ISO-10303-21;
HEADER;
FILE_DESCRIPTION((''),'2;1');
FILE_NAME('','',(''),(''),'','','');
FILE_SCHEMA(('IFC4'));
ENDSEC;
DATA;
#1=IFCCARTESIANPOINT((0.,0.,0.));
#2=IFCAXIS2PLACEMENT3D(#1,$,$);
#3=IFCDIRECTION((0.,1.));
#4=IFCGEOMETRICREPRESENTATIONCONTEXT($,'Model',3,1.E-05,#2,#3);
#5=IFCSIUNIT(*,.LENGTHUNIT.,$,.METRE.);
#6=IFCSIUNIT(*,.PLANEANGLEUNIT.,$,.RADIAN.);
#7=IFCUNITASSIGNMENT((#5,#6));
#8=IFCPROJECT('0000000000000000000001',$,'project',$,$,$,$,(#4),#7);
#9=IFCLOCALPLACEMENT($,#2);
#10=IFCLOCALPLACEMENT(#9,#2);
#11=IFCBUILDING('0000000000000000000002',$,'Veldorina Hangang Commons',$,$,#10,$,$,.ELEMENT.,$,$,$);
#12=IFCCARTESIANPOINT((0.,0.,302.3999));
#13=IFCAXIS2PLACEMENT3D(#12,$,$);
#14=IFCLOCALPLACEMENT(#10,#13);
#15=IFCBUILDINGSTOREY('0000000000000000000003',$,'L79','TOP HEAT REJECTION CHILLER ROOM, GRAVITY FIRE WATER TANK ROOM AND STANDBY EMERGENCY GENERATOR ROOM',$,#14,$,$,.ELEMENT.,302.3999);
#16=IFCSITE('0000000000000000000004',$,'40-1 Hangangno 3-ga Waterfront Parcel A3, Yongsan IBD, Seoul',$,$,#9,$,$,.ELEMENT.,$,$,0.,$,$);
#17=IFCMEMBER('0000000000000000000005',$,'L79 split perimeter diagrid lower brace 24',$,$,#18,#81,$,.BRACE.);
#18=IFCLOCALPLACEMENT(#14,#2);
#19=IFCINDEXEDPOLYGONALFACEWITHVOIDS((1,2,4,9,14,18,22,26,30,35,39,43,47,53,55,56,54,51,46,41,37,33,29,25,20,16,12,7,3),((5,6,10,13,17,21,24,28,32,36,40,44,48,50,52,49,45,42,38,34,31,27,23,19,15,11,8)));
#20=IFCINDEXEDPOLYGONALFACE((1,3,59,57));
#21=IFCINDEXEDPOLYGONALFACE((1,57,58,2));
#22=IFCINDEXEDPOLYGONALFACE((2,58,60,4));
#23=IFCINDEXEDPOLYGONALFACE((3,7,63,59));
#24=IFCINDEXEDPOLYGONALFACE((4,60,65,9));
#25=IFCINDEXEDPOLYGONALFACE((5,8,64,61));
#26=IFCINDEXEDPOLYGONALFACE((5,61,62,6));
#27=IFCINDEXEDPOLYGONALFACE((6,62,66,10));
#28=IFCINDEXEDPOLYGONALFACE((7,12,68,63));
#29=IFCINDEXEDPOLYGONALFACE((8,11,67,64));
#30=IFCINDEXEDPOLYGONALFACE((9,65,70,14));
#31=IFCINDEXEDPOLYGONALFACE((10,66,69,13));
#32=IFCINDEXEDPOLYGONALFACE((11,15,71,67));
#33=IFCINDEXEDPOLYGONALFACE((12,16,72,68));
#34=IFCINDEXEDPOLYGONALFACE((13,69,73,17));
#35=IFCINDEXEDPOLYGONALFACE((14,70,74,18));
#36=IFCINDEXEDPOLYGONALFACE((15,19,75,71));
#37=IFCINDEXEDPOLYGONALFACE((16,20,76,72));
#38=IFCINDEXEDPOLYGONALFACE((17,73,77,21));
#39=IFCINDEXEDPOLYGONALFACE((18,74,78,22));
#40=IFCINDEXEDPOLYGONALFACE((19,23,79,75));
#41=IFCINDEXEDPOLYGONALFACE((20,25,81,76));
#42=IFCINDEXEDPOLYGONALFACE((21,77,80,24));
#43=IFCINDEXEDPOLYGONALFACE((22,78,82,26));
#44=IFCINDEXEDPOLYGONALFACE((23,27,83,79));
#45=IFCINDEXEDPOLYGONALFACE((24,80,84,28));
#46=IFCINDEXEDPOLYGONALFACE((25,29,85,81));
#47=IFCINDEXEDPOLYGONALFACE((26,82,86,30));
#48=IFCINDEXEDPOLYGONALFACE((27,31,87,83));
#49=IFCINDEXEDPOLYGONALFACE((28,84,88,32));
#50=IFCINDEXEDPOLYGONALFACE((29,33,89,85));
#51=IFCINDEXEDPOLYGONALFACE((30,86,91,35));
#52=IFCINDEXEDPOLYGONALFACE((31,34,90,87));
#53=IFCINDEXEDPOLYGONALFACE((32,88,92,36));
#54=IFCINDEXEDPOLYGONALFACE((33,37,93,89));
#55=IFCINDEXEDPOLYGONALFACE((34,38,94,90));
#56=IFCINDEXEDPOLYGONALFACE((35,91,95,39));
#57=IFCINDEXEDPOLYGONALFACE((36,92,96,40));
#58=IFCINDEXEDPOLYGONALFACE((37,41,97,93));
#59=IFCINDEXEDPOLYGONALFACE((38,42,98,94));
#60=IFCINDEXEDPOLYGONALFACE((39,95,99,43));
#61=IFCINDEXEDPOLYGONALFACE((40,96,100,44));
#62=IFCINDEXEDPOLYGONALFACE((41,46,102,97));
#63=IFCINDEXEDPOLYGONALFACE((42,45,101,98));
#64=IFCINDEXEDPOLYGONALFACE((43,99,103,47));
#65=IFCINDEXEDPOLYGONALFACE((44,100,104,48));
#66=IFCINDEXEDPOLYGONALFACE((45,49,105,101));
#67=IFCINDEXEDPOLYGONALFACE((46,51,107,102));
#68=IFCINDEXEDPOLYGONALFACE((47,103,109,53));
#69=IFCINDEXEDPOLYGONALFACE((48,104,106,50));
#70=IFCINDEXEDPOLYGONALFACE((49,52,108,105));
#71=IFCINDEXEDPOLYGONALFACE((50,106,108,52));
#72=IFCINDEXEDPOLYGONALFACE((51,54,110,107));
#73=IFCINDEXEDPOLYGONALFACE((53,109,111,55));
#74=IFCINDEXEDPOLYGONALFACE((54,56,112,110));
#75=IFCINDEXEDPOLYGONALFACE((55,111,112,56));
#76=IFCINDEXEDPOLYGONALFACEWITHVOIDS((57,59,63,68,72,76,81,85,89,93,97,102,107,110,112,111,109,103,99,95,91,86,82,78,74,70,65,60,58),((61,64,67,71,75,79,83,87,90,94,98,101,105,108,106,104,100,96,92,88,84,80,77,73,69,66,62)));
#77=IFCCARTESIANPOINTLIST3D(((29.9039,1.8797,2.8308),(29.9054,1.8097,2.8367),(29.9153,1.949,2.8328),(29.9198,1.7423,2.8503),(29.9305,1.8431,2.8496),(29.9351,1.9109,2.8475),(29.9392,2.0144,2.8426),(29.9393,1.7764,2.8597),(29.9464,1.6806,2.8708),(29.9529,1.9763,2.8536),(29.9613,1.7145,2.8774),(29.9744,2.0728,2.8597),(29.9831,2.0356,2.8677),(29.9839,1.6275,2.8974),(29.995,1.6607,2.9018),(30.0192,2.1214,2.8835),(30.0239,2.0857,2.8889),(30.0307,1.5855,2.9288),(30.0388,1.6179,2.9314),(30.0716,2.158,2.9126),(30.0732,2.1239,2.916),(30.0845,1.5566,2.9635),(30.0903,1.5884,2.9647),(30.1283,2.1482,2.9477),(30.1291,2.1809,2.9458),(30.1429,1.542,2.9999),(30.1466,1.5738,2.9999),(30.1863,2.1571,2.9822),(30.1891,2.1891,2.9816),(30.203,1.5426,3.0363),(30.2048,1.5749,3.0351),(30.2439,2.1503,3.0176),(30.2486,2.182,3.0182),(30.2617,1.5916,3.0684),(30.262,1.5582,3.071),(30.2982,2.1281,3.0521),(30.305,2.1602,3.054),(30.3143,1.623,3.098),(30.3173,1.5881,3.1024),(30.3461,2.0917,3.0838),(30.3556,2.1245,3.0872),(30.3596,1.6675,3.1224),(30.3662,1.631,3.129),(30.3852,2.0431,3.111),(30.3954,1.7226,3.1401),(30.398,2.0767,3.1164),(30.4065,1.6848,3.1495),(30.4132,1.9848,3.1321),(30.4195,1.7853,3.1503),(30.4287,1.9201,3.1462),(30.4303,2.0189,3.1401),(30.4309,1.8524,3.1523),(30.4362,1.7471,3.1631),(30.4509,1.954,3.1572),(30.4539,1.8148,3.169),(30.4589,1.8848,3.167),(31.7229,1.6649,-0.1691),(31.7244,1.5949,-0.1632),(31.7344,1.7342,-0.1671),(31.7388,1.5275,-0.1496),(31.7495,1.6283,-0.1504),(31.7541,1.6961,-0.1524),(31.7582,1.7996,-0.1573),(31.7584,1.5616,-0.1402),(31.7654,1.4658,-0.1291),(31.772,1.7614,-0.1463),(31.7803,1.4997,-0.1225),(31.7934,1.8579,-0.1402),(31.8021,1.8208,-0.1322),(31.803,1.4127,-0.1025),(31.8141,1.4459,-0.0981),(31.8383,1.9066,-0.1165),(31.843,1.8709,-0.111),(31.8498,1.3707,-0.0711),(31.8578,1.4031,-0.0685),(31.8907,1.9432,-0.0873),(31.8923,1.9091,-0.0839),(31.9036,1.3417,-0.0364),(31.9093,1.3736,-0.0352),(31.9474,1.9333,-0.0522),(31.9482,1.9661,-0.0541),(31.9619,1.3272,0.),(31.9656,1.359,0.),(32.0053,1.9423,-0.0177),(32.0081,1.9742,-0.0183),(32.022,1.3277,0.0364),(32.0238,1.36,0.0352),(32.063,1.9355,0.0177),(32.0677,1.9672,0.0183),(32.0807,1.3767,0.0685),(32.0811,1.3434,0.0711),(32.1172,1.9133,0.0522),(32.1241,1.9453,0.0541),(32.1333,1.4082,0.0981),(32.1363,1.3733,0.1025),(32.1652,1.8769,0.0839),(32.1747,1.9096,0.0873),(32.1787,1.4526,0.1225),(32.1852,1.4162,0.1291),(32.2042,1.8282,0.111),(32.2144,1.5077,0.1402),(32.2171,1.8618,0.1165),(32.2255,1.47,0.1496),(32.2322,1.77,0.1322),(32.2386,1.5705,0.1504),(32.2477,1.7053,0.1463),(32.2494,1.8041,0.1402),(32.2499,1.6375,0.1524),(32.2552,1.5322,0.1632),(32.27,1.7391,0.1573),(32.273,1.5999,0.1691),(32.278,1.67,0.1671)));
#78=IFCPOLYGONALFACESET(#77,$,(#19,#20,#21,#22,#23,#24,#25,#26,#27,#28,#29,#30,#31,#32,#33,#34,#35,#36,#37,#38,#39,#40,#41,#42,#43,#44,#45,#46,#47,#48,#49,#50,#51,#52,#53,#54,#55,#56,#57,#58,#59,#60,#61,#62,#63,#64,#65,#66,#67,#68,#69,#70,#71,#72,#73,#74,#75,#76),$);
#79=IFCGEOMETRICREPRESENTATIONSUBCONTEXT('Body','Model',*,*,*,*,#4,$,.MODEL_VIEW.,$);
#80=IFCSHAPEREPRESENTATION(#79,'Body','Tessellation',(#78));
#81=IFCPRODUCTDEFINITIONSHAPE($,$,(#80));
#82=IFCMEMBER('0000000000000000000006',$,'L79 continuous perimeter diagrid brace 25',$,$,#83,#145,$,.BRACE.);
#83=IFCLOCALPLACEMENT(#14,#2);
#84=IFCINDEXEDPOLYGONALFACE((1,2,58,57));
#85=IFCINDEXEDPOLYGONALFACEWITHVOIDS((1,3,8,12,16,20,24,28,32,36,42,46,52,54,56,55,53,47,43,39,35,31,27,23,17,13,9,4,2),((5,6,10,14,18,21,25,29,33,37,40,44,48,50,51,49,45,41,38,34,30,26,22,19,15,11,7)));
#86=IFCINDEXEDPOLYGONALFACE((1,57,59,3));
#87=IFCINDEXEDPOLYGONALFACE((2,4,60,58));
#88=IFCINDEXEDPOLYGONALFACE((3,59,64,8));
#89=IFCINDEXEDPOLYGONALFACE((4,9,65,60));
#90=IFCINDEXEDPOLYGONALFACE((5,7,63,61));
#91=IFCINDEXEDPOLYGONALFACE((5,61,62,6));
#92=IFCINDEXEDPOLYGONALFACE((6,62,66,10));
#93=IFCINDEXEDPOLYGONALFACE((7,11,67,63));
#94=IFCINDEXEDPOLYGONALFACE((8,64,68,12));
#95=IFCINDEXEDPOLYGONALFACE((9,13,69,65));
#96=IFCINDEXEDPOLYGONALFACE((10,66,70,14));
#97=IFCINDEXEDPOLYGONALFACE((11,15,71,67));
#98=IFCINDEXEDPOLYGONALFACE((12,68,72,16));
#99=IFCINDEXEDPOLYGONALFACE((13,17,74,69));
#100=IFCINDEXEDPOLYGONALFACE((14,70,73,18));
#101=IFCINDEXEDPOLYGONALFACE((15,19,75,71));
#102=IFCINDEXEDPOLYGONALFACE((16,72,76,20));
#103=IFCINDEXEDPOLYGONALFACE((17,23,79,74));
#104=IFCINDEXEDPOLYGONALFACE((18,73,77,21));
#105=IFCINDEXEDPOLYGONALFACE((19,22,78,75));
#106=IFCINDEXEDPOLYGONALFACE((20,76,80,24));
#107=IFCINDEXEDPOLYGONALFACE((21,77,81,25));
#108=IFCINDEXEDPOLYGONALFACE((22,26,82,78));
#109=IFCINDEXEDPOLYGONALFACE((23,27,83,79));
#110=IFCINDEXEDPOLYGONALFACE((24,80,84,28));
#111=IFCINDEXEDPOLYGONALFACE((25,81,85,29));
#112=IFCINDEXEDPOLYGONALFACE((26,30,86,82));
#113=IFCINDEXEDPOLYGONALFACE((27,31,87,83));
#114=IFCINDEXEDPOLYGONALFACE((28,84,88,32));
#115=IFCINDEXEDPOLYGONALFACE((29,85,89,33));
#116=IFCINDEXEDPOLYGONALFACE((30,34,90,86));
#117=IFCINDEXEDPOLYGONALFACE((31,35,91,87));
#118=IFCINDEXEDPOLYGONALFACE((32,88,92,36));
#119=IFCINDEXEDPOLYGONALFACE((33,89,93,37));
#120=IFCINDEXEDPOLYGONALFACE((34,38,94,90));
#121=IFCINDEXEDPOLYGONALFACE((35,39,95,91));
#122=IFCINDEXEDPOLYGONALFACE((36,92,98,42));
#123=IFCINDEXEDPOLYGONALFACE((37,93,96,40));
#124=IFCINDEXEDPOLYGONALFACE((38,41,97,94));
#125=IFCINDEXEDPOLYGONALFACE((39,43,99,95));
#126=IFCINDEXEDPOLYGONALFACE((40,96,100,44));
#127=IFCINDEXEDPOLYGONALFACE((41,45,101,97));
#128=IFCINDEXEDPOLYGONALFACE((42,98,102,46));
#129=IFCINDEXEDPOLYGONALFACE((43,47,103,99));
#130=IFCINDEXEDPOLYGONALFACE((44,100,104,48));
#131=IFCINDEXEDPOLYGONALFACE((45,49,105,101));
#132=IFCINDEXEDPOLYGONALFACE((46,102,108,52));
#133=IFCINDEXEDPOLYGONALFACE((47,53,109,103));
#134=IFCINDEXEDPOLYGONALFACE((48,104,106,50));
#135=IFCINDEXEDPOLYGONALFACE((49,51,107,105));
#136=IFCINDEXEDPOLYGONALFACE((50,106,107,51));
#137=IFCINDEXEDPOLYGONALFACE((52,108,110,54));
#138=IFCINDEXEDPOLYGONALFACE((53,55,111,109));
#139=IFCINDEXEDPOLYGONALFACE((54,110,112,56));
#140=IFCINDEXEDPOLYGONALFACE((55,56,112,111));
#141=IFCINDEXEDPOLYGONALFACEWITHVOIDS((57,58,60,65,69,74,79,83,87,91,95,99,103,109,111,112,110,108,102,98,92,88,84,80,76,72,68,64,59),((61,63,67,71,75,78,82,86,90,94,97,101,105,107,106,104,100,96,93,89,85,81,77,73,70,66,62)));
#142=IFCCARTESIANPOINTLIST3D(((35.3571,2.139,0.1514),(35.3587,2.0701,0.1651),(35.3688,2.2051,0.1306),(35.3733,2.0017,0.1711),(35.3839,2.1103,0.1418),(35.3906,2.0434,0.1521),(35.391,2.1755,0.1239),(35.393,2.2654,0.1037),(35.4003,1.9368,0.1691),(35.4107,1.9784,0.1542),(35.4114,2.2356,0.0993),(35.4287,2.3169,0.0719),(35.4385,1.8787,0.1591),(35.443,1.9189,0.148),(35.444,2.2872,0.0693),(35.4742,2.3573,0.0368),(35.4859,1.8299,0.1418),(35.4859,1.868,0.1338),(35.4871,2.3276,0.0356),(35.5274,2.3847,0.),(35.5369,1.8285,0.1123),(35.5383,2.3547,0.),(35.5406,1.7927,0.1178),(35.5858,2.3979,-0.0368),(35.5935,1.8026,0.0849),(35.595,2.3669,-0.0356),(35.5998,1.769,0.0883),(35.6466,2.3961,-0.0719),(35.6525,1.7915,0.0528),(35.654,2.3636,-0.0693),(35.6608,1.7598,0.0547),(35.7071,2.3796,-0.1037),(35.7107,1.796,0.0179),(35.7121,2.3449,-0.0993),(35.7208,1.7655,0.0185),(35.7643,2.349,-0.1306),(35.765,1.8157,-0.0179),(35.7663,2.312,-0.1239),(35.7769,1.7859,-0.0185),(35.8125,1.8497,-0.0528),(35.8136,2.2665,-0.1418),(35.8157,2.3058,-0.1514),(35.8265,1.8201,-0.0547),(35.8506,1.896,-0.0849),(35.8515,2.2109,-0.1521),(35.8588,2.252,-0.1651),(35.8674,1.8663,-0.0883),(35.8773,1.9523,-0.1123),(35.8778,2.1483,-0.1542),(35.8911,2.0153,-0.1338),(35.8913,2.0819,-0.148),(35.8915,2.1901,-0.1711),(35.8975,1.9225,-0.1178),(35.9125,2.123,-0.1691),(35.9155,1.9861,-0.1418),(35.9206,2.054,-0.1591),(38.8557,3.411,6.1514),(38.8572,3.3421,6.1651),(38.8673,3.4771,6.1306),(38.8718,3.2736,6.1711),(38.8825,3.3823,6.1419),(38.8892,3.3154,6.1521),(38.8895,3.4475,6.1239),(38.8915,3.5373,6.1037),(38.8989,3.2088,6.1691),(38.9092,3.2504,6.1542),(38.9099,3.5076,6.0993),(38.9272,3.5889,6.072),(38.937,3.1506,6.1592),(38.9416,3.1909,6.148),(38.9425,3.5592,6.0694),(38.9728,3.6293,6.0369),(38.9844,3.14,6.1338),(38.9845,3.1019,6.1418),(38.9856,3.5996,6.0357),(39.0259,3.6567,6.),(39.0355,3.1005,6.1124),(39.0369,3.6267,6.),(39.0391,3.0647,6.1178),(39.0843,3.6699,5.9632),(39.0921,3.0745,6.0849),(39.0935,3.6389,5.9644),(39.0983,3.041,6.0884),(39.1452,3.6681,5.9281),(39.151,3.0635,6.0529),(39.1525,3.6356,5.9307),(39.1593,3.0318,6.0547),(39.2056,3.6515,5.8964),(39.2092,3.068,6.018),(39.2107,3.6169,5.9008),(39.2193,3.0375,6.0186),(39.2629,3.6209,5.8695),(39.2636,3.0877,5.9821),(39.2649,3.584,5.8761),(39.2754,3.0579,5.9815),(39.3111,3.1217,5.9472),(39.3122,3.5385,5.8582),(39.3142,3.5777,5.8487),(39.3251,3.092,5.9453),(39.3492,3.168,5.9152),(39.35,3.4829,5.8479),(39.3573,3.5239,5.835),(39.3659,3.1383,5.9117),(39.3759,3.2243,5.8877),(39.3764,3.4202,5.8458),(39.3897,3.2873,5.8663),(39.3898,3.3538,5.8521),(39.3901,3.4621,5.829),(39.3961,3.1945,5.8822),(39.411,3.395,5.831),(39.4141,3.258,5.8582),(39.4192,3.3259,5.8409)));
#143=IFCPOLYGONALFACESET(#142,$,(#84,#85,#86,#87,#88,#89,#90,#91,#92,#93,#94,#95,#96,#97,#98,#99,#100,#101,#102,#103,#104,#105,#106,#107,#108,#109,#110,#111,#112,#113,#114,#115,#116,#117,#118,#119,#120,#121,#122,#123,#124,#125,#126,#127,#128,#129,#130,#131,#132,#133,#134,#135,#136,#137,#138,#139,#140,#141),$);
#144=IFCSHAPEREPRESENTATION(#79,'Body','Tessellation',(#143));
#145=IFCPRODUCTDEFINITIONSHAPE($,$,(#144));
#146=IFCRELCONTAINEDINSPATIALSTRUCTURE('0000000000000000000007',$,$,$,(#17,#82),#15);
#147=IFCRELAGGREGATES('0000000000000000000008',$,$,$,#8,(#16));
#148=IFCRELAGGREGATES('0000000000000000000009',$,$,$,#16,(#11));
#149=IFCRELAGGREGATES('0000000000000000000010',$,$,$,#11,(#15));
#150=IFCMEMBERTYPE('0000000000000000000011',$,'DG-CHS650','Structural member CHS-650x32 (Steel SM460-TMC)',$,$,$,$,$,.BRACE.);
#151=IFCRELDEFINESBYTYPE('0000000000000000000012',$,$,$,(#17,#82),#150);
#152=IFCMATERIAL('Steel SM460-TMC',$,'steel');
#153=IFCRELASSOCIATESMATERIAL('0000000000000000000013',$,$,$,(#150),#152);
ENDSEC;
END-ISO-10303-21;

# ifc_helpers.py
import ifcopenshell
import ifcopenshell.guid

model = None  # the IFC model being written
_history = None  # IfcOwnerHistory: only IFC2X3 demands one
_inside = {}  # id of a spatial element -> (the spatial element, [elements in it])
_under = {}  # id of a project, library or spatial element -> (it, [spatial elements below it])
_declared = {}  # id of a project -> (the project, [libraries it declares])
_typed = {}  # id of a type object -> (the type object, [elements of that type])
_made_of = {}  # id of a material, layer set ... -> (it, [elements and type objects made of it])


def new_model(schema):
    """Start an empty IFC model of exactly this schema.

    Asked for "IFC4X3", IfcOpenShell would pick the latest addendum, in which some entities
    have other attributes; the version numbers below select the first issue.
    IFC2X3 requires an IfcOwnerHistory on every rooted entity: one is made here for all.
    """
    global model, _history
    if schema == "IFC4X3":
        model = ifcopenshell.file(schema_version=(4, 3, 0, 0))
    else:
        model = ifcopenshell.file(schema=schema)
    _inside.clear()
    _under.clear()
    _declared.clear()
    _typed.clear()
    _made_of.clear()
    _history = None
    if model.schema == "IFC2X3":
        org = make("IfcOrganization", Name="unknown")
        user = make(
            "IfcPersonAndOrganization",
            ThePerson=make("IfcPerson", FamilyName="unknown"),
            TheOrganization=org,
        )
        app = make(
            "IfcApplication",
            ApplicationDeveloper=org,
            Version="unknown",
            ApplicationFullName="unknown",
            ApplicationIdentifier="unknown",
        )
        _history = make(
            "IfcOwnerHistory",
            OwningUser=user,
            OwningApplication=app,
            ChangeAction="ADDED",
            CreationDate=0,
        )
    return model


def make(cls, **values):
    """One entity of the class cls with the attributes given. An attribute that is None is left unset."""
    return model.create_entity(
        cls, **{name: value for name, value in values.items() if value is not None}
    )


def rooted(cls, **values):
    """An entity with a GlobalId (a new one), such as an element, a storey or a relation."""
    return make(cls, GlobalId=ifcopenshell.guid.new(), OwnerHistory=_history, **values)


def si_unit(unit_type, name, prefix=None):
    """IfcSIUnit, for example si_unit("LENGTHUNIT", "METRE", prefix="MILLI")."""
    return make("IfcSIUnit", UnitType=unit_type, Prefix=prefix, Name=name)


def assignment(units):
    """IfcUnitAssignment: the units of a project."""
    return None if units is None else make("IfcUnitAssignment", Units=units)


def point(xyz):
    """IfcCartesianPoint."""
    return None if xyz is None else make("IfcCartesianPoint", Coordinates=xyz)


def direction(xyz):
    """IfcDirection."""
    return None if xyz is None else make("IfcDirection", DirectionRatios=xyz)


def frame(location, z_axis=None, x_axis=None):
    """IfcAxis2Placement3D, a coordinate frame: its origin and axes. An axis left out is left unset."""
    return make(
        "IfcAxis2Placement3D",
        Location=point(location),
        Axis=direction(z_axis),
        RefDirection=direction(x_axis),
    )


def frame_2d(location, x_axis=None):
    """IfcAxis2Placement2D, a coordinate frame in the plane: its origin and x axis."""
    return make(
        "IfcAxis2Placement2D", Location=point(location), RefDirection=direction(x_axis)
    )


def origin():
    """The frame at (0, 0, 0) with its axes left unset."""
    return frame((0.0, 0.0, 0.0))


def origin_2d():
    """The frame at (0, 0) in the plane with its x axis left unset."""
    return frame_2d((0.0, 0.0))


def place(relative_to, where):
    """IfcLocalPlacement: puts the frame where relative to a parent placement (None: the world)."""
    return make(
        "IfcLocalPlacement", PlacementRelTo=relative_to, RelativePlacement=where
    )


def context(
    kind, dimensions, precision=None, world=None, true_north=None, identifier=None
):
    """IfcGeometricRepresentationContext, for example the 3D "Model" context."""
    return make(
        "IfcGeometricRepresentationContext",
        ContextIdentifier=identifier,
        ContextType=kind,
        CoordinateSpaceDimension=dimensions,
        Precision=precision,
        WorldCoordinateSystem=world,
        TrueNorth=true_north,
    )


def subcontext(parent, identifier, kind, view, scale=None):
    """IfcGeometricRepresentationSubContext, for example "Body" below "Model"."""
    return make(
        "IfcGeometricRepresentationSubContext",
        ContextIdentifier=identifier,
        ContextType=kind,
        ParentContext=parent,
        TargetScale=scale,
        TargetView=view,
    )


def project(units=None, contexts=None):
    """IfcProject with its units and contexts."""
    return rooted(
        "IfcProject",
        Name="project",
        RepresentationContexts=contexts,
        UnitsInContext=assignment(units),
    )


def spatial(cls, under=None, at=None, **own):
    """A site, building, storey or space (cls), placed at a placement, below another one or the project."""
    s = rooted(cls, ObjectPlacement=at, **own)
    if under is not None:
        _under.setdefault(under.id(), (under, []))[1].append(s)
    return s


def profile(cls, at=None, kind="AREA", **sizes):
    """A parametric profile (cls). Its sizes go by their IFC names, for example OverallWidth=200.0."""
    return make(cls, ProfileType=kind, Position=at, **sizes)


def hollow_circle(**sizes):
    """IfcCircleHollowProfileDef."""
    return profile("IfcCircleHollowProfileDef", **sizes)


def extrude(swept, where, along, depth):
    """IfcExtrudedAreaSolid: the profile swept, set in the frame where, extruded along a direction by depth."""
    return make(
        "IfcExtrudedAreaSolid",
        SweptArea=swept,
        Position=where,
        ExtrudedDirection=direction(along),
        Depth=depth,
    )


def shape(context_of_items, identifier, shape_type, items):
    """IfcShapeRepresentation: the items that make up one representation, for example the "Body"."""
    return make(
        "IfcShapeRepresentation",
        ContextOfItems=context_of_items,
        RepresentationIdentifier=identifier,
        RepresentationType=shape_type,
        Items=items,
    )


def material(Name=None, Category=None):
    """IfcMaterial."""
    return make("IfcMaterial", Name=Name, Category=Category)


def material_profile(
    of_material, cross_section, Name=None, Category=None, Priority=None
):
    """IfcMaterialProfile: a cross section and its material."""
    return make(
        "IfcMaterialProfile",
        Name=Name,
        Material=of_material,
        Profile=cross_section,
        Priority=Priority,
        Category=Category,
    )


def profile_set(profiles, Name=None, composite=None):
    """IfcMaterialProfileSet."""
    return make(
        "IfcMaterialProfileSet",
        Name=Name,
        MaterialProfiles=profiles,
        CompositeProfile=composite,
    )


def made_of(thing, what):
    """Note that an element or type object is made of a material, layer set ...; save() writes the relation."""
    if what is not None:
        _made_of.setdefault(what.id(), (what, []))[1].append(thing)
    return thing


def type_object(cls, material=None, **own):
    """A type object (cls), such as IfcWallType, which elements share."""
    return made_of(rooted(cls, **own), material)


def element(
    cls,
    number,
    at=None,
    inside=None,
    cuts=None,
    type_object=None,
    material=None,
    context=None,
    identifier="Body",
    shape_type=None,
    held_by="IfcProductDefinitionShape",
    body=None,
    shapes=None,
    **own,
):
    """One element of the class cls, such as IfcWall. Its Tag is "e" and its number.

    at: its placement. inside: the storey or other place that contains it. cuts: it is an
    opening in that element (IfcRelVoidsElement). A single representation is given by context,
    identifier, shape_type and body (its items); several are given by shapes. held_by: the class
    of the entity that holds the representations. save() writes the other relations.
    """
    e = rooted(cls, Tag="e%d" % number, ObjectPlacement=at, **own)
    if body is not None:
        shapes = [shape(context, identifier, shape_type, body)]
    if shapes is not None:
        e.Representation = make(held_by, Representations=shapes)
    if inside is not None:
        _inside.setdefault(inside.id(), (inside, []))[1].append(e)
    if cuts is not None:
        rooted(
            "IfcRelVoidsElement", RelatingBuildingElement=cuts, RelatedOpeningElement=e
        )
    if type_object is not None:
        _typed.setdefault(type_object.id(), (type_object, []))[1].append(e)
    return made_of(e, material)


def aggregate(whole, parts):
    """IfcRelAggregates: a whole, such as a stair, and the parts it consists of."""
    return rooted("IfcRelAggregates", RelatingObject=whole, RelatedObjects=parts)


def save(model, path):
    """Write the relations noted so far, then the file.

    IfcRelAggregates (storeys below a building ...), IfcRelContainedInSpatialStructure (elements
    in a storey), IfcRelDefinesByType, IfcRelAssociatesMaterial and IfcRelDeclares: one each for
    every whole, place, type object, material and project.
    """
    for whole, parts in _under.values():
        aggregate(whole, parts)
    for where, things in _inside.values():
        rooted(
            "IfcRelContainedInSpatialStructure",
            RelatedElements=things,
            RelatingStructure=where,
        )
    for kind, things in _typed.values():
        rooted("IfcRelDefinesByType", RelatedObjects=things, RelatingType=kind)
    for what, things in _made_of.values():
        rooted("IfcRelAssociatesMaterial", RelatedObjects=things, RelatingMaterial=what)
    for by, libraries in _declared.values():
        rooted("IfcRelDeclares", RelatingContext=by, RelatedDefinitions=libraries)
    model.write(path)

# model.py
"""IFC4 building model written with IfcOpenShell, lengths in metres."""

from ifc_helpers import new_model, si_unit, direction, frame, origin, origin_2d, place, context, subcontext, project, spatial, hollow_circle, extrude, material, material_profile, profile_set, type_object, element, save


model = new_model("IFC4")

# Units and contexts
model_context = context("Model", 3, precision=1e-05, world=origin(), true_north=direction((0.0, 1.0)))
body_context = subcontext(model_context, "Body", "Model", "MODEL_VIEW")
ifc_project = project(units=[si_unit("LENGTHUNIT", "METRE"), si_unit("PLANEANGLEUNIT", "RADIAN")], contexts=[model_context])

# Site, building, storey
site_placement = place(None, origin())
site = spatial("IfcSite", under=ifc_project, at=site_placement, Name="40-1 Hangangno 3-ga Waterfront Parcel A3, Yongsan IBD, Seoul", CompositionType="ELEMENT", RefElevation=0.0)
building_placement = place(site_placement, origin())
building = spatial("IfcBuilding", under=site, at=building_placement, Name="Veldorina Hangang Commons", CompositionType="ELEMENT")
storey_placement = place(building_placement, frame((0.0, 0.0, 302.3999)))
storey = spatial("IfcBuildingStorey", under=building, at=storey_placement, Name="L79", Description="TOP HEAT REJECTION CHILLER ROOM, GRAVITY FIRE WATER TANK ROOM AND STANDBY EMERGENCY GENERATOR ROOM", CompositionType="ELEMENT", Elevation=302.3999)

# Shared definitions
ifc_material_1 = material(Name="Steel SM460-TMC", Category="steel")

# Members
ifc_material_profile_1 = material_profile(ifc_material_1, hollow_circle(Radius=0.325, WallThickness=0.032, at=origin_2d()), Name="CHS-650x32")
ifc_profile_set_1 = profile_set([ifc_material_profile_1], Name="Steel SM460-TMC")
member_type_1 = type_object("IfcMemberType", Name="DG-CHS650", Description="Structural member CHS-650x32 (Steel SM460-TMC)", PredefinedType="BRACE", material=ifc_profile_set_1)
member_1_placement = place(storey_placement, frame((32.0, 1.6499, 0.0), z_axis=(-0.517522, 0.061122, 0.853484), x_axis=(-0.11729, -0.993098, 0.0)))
element("IfcMember", 1, at=member_1_placement, inside=storey, type_object=member_type_1, Name="L79 split perimeter diagrid lower brace 24", PredefinedType="BRACE", context=body_context, shape_type="SweptSolid", body=[
    extrude(hollow_circle(Radius=0.325, WallThickness=0.032, at=origin_2d()), origin(), (0.0, 0.0, 1.0), 3.5149),
])
member_2_placement = place(storey_placement, frame((35.6384, 2.0793, 0.0), z_axis=(0.495473, 0.180141, 0.849738), x_axis=(-0.34169, 0.939813, 0.0)))
element("IfcMember", 2, at=member_2_placement, inside=storey, type_object=member_type_1, Name="L79 continuous perimeter diagrid brace 25", PredefinedType="BRACE", context=body_context, shape_type="SweptSolid", body=[
    extrude(hollow_circle(Radius=0.325, WallThickness=0.032, at=origin_2d()), origin(), (0.0, 0.0, 1.0), 7.061),
])

save(model, "model.ifc")
